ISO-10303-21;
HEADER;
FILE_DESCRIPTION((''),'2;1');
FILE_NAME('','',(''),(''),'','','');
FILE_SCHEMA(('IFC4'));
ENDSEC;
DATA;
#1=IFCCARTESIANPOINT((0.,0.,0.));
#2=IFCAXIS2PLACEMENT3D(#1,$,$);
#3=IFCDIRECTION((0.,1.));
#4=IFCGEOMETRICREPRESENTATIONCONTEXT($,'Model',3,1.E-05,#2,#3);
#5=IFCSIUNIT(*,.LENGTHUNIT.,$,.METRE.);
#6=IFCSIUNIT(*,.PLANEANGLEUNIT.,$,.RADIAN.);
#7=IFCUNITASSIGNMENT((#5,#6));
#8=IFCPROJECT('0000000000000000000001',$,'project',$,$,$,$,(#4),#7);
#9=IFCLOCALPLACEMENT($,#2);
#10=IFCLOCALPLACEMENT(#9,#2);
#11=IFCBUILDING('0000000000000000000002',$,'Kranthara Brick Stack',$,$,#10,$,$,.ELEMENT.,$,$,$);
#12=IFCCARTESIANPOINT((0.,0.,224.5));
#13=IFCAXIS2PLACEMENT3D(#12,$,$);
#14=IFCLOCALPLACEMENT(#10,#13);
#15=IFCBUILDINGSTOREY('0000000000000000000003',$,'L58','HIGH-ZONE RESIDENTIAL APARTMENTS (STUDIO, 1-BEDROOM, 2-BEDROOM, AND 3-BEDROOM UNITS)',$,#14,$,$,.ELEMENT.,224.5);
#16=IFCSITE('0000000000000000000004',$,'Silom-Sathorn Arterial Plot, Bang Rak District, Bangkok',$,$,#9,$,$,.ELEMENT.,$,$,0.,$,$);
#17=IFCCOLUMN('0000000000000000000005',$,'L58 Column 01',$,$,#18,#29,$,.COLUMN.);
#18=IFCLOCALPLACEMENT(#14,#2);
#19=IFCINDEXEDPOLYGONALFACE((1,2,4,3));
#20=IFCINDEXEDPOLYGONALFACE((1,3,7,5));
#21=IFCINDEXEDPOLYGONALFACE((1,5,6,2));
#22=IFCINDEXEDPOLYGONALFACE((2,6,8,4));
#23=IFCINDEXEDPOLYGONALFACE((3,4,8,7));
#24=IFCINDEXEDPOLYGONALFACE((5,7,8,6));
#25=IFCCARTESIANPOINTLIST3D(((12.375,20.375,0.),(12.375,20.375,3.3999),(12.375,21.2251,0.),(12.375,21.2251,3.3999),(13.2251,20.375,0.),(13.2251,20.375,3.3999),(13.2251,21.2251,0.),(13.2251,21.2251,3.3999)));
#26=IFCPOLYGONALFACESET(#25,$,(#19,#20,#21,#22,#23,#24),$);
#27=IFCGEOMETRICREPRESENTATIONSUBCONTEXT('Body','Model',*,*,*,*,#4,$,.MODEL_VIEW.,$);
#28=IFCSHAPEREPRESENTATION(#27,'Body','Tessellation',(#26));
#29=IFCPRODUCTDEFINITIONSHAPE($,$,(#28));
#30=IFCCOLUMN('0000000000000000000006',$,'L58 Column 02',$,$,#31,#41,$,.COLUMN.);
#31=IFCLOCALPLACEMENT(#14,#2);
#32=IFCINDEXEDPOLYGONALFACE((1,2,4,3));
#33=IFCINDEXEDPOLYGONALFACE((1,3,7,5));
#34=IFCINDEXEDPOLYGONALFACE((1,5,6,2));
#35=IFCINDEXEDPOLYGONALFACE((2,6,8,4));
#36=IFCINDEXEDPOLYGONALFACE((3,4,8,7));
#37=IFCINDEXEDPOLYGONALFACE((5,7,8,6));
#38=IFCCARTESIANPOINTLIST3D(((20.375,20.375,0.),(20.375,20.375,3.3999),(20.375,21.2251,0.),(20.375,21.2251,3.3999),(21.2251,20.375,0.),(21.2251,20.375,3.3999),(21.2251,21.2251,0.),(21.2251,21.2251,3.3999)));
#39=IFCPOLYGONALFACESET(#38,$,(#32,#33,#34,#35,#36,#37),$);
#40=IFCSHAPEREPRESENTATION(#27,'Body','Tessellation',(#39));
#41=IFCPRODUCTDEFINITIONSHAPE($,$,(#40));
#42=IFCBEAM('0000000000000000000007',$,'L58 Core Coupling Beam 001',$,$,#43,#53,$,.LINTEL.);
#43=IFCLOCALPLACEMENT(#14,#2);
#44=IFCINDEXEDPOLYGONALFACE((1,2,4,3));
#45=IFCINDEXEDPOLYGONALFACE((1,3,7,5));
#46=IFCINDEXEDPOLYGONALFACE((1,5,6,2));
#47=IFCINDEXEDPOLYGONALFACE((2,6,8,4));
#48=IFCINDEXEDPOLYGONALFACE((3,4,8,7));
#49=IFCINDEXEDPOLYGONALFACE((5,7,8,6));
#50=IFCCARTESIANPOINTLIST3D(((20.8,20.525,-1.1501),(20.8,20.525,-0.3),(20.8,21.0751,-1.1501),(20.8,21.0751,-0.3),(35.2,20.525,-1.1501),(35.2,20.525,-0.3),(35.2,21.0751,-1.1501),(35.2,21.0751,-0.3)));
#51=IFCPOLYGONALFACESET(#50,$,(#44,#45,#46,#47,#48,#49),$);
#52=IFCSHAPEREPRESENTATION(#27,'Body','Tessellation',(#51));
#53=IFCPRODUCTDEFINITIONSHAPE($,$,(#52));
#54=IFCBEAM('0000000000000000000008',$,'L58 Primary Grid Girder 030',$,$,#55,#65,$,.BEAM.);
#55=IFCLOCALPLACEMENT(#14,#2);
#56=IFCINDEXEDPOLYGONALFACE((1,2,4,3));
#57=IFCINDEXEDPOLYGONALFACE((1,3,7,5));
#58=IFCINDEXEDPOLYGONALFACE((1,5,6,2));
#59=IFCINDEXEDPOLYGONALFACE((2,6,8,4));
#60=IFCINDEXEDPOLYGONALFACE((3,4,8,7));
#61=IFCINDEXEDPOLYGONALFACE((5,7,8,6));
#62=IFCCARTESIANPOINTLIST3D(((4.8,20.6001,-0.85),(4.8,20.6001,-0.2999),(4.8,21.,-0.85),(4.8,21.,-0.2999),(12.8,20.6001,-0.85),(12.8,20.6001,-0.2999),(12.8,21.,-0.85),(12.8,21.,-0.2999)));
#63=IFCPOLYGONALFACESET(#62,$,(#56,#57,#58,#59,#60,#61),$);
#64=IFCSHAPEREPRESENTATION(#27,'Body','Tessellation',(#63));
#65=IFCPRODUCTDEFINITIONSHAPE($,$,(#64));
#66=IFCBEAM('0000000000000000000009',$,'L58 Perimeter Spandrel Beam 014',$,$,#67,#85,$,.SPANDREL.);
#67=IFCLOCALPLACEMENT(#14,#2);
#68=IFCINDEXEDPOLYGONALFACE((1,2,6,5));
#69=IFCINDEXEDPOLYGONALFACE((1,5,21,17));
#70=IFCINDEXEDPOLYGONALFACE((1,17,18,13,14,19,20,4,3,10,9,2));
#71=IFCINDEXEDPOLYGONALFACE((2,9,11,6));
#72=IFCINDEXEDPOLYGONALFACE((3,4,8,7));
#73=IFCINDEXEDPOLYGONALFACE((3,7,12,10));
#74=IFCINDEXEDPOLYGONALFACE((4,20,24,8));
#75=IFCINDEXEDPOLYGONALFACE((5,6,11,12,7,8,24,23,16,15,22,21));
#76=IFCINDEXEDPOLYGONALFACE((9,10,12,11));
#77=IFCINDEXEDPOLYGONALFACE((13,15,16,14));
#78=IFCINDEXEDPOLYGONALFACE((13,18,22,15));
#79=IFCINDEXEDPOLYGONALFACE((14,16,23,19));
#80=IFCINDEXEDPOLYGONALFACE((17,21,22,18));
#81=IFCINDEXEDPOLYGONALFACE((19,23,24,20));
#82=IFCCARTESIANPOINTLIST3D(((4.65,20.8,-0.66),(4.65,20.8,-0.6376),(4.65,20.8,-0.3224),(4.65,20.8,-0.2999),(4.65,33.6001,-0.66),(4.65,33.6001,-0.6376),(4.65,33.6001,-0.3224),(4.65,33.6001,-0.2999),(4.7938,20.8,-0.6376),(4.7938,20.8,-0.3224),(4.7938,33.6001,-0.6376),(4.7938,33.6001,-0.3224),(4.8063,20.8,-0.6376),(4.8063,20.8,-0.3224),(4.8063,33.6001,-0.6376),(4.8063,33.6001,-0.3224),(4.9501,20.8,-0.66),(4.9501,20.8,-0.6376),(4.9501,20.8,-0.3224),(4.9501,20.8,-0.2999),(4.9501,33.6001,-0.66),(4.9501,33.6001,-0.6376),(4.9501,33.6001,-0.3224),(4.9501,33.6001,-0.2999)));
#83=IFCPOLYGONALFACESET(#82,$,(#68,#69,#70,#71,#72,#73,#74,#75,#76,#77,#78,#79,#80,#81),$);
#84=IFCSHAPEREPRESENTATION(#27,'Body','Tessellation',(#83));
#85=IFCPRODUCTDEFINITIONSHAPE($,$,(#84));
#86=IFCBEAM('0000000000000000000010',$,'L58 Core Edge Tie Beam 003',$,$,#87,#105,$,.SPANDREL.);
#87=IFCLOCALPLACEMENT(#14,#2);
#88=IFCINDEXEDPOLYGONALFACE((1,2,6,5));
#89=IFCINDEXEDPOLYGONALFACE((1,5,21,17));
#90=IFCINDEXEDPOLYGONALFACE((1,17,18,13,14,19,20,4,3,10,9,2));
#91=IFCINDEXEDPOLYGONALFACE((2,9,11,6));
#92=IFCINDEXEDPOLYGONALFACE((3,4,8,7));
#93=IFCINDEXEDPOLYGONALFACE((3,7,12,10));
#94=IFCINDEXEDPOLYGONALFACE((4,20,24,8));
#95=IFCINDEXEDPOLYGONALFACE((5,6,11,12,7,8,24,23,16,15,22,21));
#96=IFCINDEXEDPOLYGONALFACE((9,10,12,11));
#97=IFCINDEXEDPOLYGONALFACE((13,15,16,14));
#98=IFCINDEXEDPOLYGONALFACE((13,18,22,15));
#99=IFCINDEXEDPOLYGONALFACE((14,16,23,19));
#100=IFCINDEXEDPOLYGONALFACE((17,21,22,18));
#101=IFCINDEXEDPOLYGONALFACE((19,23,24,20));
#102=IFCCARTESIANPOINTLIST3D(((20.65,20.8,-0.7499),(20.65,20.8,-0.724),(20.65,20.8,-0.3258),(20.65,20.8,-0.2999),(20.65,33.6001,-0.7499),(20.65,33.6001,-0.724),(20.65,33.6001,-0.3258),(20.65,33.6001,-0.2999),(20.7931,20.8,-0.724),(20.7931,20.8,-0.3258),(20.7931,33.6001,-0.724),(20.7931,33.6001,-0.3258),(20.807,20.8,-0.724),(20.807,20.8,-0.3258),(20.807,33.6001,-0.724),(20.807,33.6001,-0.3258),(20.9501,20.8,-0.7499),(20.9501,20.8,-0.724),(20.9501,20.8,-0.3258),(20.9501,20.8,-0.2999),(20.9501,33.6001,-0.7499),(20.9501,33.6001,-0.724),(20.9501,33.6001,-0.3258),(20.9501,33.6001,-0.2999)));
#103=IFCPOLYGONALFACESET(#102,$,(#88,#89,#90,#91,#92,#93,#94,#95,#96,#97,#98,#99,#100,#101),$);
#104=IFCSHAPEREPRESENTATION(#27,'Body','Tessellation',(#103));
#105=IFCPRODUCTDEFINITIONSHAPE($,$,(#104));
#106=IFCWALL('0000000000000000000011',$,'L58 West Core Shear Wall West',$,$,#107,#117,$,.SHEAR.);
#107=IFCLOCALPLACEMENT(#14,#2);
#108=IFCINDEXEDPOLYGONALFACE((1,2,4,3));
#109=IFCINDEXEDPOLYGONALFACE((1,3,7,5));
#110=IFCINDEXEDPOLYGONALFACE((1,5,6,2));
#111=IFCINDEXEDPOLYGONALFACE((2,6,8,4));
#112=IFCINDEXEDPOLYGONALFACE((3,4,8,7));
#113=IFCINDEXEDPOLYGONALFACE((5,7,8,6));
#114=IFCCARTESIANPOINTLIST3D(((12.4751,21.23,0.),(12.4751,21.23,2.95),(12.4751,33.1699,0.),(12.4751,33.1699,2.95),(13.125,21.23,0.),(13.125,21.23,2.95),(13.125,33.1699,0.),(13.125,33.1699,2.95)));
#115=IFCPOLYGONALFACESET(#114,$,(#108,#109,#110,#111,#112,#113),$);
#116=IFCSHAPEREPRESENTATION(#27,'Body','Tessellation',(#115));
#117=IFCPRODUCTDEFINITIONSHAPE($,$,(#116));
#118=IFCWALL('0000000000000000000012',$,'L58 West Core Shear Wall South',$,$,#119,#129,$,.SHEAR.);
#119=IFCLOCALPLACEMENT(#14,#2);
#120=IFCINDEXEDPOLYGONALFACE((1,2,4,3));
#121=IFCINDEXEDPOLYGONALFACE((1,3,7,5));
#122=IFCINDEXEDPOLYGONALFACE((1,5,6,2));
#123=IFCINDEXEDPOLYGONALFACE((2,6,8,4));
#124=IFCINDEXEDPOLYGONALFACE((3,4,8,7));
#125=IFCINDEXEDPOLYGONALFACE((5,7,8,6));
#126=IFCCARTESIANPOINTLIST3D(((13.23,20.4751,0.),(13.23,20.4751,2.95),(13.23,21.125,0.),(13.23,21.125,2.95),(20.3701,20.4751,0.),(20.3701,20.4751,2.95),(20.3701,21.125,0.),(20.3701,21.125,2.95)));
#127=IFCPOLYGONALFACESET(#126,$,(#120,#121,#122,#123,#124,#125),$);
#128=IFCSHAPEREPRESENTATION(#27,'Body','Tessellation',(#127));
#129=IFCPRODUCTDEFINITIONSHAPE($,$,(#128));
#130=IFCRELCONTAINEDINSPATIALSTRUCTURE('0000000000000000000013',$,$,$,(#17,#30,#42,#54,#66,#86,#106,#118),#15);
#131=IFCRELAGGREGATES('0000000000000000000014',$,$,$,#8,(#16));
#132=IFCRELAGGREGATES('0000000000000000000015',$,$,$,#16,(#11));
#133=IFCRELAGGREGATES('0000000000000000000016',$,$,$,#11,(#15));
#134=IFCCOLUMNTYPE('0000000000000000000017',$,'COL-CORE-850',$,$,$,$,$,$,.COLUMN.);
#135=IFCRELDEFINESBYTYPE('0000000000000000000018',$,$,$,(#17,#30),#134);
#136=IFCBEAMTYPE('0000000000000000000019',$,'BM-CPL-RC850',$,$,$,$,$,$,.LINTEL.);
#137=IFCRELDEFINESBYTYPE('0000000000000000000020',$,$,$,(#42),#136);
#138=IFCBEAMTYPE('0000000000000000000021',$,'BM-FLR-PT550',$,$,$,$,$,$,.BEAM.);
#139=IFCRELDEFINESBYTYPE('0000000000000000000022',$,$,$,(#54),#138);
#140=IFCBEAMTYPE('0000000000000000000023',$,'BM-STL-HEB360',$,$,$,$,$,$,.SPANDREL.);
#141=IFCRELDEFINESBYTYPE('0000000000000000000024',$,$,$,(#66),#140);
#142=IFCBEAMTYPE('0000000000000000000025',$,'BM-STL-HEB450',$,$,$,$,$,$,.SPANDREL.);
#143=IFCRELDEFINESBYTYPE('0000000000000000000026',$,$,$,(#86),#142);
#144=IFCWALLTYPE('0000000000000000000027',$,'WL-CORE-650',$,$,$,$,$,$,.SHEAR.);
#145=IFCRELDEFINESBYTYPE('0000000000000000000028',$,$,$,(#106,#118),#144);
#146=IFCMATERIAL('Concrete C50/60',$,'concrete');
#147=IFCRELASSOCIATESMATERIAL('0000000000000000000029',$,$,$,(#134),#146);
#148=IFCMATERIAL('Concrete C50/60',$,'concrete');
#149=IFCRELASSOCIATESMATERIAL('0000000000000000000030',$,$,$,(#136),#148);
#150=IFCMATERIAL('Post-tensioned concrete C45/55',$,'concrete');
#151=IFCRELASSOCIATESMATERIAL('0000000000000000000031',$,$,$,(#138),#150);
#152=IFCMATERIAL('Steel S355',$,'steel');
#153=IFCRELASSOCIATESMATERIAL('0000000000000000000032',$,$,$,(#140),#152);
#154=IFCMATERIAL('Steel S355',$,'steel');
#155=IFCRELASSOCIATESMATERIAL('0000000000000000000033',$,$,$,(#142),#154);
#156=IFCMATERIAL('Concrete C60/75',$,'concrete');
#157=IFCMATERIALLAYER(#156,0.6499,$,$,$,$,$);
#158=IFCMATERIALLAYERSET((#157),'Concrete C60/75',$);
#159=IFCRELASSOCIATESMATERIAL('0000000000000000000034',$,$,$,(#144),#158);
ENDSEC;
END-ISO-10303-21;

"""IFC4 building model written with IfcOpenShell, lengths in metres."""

from ifc_helpers import new_model, si_unit, direction, frame, frame_2d, origin, origin_2d, place, context, subcontext, project, spatial, rectangle, i_section, extrude, material, layer, layer_set, material_profile, profile_set, type_object, element, save


model = new_model("IFC4")

# Units and contexts
model_context = context("Model", 3, precision=1e-05, world=origin(), true_north=direction((0.0, 1.0)))
body_context = subcontext(model_context, "Body", "Model", "MODEL_VIEW")
ifc_project = project(units=[si_unit("LENGTHUNIT", "METRE"), si_unit("PLANEANGLEUNIT", "RADIAN")], contexts=[model_context])

# Site, building, storey
site_placement = place(None, origin())
site = spatial("IfcSite", under=ifc_project, at=site_placement, Name="Silom-Sathorn Arterial Plot, Bang Rak District, Bangkok", CompositionType="ELEMENT", RefElevation=0.0)
building_placement = place(site_placement, origin())
building = spatial("IfcBuilding", under=site, at=building_placement, Name="Kranthara Brick Stack", CompositionType="ELEMENT")
storey_placement = place(building_placement, frame((0.0, 0.0, 224.5)))
storey = spatial("IfcBuildingStorey", under=building, at=storey_placement, Name="L58", Description="HIGH-ZONE RESIDENTIAL APARTMENTS (STUDIO, 1-BEDROOM, 2-BEDROOM, AND 3-BEDROOM UNITS)", CompositionType="ELEMENT", Elevation=224.5)

# Columns
ifc_material_1 = material(Name="Concrete C50/60", Category="concrete")
ifc_material_profile_1 = material_profile(ifc_material_1, rectangle(XDim=0.8501, YDim=0.8501, at=origin_2d()), Name="RC 850x850")
ifc_profile_set_1 = profile_set([ifc_material_profile_1], Name="Concrete C50/60")
column_type = type_object("IfcColumnType", Name="COL-CORE-850", PredefinedType="COLUMN", material=ifc_profile_set_1)
for number, where, z_axis, x_axis, name in (
    (1, (12.8, 20.8, 0.0), (0.0, 0.0, 1.0), (1.0, 0.0, 0.0), "L58 Column 01"),
    (2, (20.8, 20.8, 0.0), (0.0, 0.0, 1.0), (1.0, 0.0, 0.0), "L58 Column 02"),
):
    element("IfcColumn", number, at=place(storey_placement, frame(where, z_axis=z_axis, x_axis=x_axis)), inside=storey, type_object=column_type, Name=name, PredefinedType="COLUMN", context=body_context, shape_type="SweptSolid", body=[
        extrude(rectangle(XDim=0.8501, YDim=0.8501, at=origin_2d()), origin(), (0.0, 0.0, 1.0), 3.3999),
    ])

# Beams
ifc_material_2 = material(Name="Concrete C50/60", Category="concrete")
ifc_material_profile_2 = material_profile(ifc_material_2, rectangle(XDim=0.55, YDim=0.8501, at=origin_2d()), Name="RC 550x850")
ifc_profile_set_2 = profile_set([ifc_material_profile_2], Name="Concrete C50/60")
beam_type_1 = type_object("IfcBeamType", Name="BM-CPL-RC850", PredefinedType="LINTEL", material=ifc_profile_set_2)
beam_1_placement = place(storey_placement, frame((20.8, 20.8, -0.7251), z_axis=(1.0, 0.0, 0.0), x_axis=(0.0, 1.0, 0.0)))
element("IfcBeam", 3, at=beam_1_placement, inside=storey, type_object=beam_type_1, Name="L58 Core Coupling Beam 001", PredefinedType="LINTEL", context=body_context, shape_type="SweptSolid", body=[
    extrude(rectangle(XDim=0.55, YDim=0.8501, at=origin_2d()), origin(), (0.0, 0.0, 1.0), 14.3999),
])
ifc_material_3 = material(Name="Post-tensioned concrete C45/55", Category="concrete")
ifc_material_profile_3 = material_profile(ifc_material_3, rectangle(XDim=0.3999, YDim=0.55, at=origin_2d()), Name="PT 400x550")
ifc_profile_set_3 = profile_set([ifc_material_profile_3], Name="Post-tensioned concrete C45/55")
beam_type_2 = type_object("IfcBeamType", Name="BM-FLR-PT550", PredefinedType="BEAM", material=ifc_profile_set_3)
beam_2_placement = place(storey_placement, frame((4.8, 20.8, -0.575), z_axis=(1.0, 0.0, 0.0), x_axis=(0.0, 1.0, 0.0)))
element("IfcBeam", 4, at=beam_2_placement, inside=storey, type_object=beam_type_2, Name="L58 Primary Grid Girder 030", PredefinedType="BEAM", context=body_context, shape_type="SweptSolid", body=[
    extrude(rectangle(XDim=0.3999, YDim=0.55, at=origin_2d()), origin(), (0.0, 0.0, 1.0), 8.0),
])
ifc_material_4 = material(Name="Steel S355", Category="steel")
ifc_material_profile_4 = material_profile(ifc_material_4, i_section(OverallWidth=0.3, OverallDepth=0.3601, WebThickness=0.0125, FlangeThickness=0.0225, at=origin_2d()), Name="HEB 360")
ifc_profile_set_4 = profile_set([ifc_material_profile_4], Name="Steel S355")
beam_type_3 = type_object("IfcBeamType", Name="BM-STL-HEB360", PredefinedType="SPANDREL", material=ifc_profile_set_4)
beam_3_placement = place(storey_placement, frame((4.8, 20.8, -0.48), z_axis=(0.0, 1.0, 0.0), x_axis=(-1.0, 0.0, 0.0)))
element("IfcBeam", 5, at=beam_3_placement, inside=storey, type_object=beam_type_3, Name="L58 Perimeter Spandrel Beam 014", PredefinedType="SPANDREL", context=body_context, shape_type="SweptSolid", body=[
    extrude(i_section(OverallWidth=0.3, OverallDepth=0.3601, WebThickness=0.0125, FlangeThickness=0.0225, at=origin_2d()), origin(), (0.0, 0.0, 1.0), 12.8),
])
ifc_material_5 = material(Name="Steel S355", Category="steel")
ifc_material_profile_5 = material_profile(ifc_material_5, i_section(OverallWidth=0.3, OverallDepth=0.45, WebThickness=0.0139, FlangeThickness=0.0259, at=origin_2d()), Name="HEB 450")
ifc_profile_set_5 = profile_set([ifc_material_profile_5], Name="Steel S355")
beam_type_4 = type_object("IfcBeamType", Name="BM-STL-HEB450", PredefinedType="SPANDREL", material=ifc_profile_set_5)
beam_4_placement = place(storey_placement, frame((20.8, 20.8, -0.5249), z_axis=(0.0, 1.0, 0.0), x_axis=(-1.0, 0.0, 0.0)))
element("IfcBeam", 6, at=beam_4_placement, inside=storey, type_object=beam_type_4, Name="L58 Core Edge Tie Beam 003", PredefinedType="SPANDREL", context=body_context, shape_type="SweptSolid", body=[
    extrude(i_section(OverallWidth=0.3, OverallDepth=0.45, WebThickness=0.0139, FlangeThickness=0.0259, at=origin_2d()), origin(), (0.0, 0.0, 1.0), 12.8),
])

# Walls
ifc_material_6 = material(Name="Concrete C60/75", Category="concrete")
ifc_layer_1 = layer(ifc_material_6, 0.6499)
ifc_layer_set_1 = layer_set([ifc_layer_1], Name="Concrete C60/75")
wall_type_1 = type_object("IfcWallType", Name="WL-CORE-650", PredefinedType="SHEAR", material=ifc_layer_set_1)
wall_1_placement = place(storey_placement, frame((12.8, 21.23, 0.0), z_axis=(0.0, 0.0, 1.0), x_axis=(0.0, 1.0, 0.0)))
element("IfcWall", 7, at=wall_1_placement, inside=storey, type_object=wall_type_1, Name="L58 West Core Shear Wall West", PredefinedType="SHEAR", context=body_context, shape_type="SweptSolid", body=[
    extrude(rectangle(XDim=11.9399, YDim=0.6499, at=frame_2d((5.97, 0.0))), origin(), (0.0, 0.0, 1.0), 2.95),
])
wall_2_placement = place(storey_placement, frame((13.23, 20.8, 0.0), z_axis=(0.0, 0.0, 1.0), x_axis=(1.0, 0.0, 0.0)))
element("IfcWall", 8, at=wall_2_placement, inside=storey, type_object=wall_type_1, Name="L58 West Core Shear Wall South", PredefinedType="SHEAR", context=body_context, shape_type="SweptSolid", body=[
    extrude(rectangle(XDim=7.1401, YDim=0.6499, at=frame_2d((3.5701, 0.0))), origin(), (0.0, 0.0, 1.0), 2.95),
])

save(model, "model.ifc")
